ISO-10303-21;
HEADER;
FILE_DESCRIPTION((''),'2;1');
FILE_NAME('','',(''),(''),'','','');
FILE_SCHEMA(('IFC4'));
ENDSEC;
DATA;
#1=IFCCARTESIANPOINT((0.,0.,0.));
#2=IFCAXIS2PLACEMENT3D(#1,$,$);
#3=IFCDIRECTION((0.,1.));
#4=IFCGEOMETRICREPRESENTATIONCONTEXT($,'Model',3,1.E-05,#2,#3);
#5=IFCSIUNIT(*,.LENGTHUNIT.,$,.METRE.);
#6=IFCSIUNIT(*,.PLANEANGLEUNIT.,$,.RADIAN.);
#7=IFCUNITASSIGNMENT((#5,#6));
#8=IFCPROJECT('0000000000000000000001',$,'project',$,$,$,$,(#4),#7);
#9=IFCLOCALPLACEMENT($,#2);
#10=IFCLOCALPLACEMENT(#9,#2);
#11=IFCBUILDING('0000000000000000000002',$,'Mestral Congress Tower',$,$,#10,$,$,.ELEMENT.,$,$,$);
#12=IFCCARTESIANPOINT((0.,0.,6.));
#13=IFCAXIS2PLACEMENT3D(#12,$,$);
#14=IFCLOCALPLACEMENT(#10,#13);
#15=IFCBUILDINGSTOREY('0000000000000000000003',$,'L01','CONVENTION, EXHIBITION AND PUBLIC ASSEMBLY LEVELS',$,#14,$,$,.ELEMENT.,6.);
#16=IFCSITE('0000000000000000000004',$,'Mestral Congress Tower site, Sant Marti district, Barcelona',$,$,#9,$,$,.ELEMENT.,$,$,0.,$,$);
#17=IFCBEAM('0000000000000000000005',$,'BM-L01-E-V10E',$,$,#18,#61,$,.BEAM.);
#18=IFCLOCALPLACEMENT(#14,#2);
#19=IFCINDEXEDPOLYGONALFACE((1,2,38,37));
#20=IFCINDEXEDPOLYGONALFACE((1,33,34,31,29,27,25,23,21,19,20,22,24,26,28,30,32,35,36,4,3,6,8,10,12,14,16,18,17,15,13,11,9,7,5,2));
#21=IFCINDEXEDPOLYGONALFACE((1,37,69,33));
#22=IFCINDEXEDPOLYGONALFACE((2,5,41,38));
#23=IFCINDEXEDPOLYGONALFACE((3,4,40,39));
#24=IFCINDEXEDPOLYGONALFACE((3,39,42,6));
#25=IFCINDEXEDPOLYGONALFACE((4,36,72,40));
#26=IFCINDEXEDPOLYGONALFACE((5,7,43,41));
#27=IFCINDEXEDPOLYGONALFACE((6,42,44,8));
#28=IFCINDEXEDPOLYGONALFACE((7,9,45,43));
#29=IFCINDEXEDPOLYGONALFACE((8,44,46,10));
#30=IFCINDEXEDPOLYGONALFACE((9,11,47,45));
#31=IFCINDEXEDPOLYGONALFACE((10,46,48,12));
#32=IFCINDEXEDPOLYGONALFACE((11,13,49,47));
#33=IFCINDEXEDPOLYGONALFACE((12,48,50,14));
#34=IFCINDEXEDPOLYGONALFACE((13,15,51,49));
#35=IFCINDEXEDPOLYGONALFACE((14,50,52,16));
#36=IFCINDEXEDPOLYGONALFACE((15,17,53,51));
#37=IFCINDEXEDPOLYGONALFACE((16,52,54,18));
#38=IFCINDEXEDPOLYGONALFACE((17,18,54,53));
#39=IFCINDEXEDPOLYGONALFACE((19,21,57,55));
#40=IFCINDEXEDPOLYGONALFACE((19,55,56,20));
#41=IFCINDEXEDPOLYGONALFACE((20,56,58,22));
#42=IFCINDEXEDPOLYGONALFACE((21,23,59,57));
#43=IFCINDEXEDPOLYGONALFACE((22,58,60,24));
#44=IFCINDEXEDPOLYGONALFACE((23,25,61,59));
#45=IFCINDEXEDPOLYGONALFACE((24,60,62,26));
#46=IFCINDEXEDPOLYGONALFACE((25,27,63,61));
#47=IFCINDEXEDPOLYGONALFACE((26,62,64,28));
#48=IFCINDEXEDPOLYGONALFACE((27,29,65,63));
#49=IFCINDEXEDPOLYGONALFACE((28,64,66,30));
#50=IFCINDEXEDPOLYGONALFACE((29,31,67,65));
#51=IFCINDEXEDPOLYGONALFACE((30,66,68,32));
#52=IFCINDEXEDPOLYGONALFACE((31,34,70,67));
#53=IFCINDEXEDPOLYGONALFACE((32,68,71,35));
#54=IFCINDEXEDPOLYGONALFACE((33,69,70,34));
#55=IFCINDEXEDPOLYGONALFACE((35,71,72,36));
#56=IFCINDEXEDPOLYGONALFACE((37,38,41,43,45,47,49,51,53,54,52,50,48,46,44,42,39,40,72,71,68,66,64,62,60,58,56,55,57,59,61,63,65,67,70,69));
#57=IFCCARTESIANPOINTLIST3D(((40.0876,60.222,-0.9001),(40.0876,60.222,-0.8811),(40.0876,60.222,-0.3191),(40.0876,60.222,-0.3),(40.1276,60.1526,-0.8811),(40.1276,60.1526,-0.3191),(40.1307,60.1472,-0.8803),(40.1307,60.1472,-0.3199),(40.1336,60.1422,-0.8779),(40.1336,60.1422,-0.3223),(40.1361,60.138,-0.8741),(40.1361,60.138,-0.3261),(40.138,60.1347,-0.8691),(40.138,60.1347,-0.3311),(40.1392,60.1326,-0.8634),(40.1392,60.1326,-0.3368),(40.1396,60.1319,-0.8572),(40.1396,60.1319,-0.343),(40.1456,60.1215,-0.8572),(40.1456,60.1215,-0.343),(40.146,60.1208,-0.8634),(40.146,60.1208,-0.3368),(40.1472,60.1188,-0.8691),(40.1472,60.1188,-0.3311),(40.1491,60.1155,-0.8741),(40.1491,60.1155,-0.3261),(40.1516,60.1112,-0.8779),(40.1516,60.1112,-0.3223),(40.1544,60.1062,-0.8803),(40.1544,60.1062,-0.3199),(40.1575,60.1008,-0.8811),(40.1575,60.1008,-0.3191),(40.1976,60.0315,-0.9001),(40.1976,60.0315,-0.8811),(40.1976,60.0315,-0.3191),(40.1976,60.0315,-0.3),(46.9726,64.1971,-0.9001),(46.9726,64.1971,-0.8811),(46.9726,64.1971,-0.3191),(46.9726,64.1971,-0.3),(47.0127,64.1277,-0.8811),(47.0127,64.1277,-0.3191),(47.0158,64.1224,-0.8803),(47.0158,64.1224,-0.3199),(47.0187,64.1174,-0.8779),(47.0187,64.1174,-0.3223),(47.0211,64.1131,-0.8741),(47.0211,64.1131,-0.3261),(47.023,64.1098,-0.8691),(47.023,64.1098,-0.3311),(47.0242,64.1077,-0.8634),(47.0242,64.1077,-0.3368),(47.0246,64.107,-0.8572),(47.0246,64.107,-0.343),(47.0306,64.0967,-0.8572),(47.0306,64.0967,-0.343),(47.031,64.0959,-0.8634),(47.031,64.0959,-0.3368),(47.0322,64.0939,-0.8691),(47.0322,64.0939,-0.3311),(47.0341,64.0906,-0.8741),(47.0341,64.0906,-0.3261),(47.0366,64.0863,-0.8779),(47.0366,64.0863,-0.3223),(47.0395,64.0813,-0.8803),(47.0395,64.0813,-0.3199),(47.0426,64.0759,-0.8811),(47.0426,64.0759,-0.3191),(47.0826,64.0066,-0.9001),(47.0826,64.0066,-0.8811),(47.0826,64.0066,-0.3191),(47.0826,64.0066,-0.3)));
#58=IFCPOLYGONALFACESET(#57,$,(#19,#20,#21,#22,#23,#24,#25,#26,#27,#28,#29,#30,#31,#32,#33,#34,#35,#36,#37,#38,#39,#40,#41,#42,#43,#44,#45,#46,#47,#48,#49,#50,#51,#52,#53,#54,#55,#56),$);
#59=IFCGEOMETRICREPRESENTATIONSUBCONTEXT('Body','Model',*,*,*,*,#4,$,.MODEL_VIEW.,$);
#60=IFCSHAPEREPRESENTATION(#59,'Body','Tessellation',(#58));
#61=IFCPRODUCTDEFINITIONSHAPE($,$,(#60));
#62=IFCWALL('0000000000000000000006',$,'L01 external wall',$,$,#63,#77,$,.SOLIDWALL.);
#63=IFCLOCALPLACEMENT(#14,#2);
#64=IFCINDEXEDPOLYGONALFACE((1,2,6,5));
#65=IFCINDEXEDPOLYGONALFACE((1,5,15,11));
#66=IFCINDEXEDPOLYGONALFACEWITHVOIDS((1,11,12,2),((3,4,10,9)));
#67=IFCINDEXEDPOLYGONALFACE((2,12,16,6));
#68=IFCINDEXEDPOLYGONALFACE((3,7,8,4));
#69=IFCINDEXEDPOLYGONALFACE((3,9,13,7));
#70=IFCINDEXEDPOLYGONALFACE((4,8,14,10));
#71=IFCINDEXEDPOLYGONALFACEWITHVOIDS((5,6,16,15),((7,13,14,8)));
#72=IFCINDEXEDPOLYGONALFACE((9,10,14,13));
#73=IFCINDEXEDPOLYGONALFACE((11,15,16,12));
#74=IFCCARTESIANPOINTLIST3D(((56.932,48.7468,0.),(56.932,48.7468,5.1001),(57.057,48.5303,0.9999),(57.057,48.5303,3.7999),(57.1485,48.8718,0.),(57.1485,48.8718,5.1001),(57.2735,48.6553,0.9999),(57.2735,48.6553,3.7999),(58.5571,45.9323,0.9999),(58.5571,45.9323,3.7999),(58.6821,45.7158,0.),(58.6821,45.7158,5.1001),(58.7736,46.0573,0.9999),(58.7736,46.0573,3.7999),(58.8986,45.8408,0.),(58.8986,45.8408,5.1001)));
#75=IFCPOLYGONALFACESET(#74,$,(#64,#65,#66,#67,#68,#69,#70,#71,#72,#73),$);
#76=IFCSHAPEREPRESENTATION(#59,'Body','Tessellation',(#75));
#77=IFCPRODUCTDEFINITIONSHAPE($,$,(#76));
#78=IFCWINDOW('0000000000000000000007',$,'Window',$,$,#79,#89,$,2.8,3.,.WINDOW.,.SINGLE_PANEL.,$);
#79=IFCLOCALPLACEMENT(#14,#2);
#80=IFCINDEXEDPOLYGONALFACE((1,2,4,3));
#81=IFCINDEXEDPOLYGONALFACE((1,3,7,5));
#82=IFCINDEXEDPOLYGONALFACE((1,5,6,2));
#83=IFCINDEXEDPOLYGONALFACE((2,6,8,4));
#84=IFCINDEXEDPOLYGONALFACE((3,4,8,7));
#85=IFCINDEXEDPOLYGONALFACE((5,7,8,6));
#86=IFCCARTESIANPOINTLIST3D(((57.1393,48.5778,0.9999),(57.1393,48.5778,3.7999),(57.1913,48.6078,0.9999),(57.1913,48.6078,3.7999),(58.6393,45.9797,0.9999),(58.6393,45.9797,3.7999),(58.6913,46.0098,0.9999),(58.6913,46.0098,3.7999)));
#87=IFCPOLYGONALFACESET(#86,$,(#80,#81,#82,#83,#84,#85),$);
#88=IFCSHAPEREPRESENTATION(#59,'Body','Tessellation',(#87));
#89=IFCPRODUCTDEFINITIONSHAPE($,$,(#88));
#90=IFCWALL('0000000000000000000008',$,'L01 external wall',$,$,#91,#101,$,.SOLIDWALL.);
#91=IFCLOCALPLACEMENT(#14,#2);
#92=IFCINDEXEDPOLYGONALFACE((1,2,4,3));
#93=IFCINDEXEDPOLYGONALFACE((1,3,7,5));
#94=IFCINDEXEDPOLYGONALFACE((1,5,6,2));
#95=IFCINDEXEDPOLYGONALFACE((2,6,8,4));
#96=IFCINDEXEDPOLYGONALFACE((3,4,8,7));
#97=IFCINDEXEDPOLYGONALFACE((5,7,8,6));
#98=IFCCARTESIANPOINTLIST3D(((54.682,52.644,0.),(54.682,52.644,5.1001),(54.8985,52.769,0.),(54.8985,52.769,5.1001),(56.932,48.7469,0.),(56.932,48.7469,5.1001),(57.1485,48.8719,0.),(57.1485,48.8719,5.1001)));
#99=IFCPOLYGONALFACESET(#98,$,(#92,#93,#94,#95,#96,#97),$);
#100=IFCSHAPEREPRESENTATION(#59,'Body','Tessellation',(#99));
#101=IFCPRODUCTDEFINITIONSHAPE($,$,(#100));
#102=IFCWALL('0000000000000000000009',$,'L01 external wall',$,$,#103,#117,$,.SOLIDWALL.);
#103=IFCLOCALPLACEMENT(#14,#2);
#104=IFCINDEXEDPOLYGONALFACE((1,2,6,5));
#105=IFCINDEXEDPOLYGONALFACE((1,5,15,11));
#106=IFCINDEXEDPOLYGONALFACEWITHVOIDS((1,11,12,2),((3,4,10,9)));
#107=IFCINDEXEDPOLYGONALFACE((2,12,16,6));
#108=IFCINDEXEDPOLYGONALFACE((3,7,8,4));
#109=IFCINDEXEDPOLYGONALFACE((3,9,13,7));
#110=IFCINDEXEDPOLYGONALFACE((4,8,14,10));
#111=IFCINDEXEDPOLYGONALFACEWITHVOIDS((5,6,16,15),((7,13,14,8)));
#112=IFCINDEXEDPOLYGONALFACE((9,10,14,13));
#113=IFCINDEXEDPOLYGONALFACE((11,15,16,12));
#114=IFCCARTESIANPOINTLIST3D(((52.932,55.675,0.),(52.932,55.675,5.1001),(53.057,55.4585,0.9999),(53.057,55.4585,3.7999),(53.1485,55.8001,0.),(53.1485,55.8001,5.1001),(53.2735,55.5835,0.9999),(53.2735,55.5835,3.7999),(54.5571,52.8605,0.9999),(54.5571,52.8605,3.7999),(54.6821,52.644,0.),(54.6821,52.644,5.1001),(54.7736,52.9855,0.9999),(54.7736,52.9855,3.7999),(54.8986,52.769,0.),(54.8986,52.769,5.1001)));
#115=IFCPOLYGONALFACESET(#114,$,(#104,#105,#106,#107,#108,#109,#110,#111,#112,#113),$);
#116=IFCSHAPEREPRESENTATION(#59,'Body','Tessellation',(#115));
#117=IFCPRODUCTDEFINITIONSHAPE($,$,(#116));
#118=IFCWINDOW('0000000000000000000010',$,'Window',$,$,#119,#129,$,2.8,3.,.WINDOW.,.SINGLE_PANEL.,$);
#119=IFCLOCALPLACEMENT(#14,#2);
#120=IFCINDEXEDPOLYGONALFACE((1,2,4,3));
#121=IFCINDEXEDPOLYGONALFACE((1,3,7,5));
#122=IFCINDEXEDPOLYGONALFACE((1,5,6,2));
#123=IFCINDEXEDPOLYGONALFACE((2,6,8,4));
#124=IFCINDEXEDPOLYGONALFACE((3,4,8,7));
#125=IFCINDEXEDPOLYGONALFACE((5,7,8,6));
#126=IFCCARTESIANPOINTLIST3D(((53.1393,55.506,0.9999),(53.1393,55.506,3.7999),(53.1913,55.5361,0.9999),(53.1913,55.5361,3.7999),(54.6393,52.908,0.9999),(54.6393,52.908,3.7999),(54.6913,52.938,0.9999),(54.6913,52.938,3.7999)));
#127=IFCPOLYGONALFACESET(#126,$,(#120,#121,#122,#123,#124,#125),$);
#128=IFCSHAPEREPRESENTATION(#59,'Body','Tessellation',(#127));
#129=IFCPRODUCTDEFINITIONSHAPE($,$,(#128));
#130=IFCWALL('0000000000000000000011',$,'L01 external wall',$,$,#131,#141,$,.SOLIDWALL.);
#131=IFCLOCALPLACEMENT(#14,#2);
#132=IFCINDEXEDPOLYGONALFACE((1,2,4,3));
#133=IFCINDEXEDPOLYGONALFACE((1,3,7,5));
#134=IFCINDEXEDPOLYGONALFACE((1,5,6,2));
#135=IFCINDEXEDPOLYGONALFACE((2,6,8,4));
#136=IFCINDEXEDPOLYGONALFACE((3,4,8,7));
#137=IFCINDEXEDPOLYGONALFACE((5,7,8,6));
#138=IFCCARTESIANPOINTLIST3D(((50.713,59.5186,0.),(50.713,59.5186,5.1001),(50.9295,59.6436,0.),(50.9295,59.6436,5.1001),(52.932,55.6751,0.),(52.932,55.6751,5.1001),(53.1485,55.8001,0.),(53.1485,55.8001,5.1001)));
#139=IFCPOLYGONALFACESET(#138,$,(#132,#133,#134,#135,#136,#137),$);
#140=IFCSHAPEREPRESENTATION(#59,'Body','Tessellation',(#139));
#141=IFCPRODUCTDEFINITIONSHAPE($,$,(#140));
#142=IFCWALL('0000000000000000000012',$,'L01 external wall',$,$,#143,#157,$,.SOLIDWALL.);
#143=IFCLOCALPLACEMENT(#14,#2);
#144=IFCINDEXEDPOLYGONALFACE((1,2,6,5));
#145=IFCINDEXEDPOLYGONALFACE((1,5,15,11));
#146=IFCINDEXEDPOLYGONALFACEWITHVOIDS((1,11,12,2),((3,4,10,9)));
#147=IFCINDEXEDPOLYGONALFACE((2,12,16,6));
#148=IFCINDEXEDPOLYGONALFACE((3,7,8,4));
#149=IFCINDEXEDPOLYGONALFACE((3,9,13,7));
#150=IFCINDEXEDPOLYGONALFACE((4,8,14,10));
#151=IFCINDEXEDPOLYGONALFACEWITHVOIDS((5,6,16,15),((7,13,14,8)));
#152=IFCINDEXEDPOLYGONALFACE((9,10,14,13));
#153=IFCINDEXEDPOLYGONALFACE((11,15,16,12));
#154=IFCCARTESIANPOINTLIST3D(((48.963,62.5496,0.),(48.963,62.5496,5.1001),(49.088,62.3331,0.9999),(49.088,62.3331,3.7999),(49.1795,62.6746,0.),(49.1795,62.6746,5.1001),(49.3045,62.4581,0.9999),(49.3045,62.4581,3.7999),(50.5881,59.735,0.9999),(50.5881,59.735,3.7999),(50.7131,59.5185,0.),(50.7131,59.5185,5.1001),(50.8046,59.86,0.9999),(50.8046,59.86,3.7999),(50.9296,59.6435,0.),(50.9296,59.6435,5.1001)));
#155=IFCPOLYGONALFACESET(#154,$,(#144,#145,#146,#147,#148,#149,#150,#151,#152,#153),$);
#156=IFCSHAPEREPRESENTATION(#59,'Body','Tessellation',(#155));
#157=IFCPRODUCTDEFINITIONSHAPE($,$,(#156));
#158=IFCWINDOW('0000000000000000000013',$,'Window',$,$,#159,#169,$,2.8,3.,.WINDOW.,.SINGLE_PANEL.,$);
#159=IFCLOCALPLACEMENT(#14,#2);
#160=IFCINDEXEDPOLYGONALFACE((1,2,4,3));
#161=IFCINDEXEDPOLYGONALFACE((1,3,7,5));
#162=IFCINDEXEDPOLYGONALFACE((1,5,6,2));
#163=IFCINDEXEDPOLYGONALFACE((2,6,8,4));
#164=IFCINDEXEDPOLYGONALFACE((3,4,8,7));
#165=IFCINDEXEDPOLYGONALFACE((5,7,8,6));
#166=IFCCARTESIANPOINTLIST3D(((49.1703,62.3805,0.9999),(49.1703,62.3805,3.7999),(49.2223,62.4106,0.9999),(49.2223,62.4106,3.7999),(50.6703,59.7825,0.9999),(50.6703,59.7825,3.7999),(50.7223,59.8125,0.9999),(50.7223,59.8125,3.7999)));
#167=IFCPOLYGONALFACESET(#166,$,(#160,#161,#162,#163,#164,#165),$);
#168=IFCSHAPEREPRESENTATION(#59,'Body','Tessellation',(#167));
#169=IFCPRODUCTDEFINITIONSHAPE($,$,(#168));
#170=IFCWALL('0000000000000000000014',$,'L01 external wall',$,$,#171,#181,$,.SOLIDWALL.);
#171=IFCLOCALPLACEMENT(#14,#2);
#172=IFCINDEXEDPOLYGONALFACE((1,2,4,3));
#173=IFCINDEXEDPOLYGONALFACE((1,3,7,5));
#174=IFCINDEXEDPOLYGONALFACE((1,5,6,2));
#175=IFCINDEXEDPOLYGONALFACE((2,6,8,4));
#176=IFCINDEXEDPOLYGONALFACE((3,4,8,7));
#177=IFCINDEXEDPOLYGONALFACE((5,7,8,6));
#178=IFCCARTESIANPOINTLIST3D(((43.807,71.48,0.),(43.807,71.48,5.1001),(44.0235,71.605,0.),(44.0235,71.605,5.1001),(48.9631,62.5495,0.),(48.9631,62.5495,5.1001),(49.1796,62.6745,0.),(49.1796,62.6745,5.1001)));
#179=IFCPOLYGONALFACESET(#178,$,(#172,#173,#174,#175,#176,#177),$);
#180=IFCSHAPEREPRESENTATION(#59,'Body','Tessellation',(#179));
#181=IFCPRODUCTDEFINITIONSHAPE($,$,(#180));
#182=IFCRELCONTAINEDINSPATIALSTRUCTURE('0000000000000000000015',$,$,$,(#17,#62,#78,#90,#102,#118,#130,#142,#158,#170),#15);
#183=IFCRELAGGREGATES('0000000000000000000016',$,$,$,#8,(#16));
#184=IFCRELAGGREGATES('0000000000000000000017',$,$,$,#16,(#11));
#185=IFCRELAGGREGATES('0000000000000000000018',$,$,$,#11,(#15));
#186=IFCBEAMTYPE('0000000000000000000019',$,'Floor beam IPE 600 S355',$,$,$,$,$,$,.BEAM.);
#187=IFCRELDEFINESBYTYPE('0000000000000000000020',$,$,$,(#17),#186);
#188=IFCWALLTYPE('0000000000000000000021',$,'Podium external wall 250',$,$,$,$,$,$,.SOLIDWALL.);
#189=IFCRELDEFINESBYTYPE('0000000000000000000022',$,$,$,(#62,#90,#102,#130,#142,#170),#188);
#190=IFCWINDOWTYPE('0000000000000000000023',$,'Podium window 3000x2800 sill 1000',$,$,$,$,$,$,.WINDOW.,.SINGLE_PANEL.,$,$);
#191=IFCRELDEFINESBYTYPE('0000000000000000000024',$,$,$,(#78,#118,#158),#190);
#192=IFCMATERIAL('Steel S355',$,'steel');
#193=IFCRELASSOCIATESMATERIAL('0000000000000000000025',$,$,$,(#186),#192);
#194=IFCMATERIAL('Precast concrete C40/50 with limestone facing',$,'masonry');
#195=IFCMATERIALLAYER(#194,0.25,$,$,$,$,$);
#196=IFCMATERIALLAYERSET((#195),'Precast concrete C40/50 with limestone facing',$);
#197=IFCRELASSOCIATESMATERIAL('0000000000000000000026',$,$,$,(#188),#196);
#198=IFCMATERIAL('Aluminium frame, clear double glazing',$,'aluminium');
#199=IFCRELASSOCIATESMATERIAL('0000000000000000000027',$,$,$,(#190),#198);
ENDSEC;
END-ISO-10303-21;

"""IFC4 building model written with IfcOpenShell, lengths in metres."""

from ifc_helpers import new_model, si_unit, direction, frame, frame_2d, origin, origin_2d, place, context, subcontext, project, spatial, rectangle, i_section, extrude, material, layer, layer_set, material_profile, profile_set, type_object, element, fill, save


model = new_model("IFC4")

# Units and contexts
model_context = context("Model", 3, precision=1e-05, world=origin(), true_north=direction((0.0, 1.0)))
body_context = subcontext(model_context, "Body", "Model", "MODEL_VIEW")
ifc_project = project(units=[si_unit("LENGTHUNIT", "METRE"), si_unit("PLANEANGLEUNIT", "RADIAN")], contexts=[model_context])

# Site, building, storey
site_placement = place(None, origin())
site = spatial("IfcSite", under=ifc_project, at=site_placement, Name="Mestral Congress Tower site, Sant Marti district, Barcelona", CompositionType="ELEMENT", RefElevation=0.0)
building_placement = place(site_placement, origin())
building = spatial("IfcBuilding", under=site, at=building_placement, Name="Mestral Congress Tower", CompositionType="ELEMENT")
storey_placement = place(building_placement, frame((0.0, 0.0, 6.0)))
storey = spatial("IfcBuildingStorey", under=building, at=storey_placement, Name="L01", Description="CONVENTION, EXHIBITION AND PUBLIC ASSEMBLY LEVELS", CompositionType="ELEMENT", Elevation=6.0)

# Beam
ifc_material_1 = material(Name="Steel S355", Category="steel")
ifc_material_profile_1 = material_profile(ifc_material_1, i_section(OverallWidth=0.22, OverallDepth=0.6001, WebThickness=0.012, FlangeThickness=0.019, FilletRadius=0.0239, at=origin_2d()), Name="IPE 600")
ifc_profile_set_1 = profile_set([ifc_material_profile_1], Name="Steel S355")
beam_type_1 = type_object("IfcBeamType", Name="Floor beam IPE 600 S355", PredefinedType="BEAM", material=ifc_profile_set_1)
for number, where, z_axis, x_axis, name in (
    (1, (40.1426, 60.1267, -0.6001), (0.866023, 0.500003, 0.0), (-0.500003, 0.866023, 0.0), "BM-L01-E-V10E"),
):
    element("IfcBeam", number, at=place(storey_placement, frame(where, z_axis=z_axis, x_axis=x_axis)), inside=storey, type_object=beam_type_1, Name=name, PredefinedType="BEAM", context=body_context, shape_type="SweptSolid", body=[
        extrude(i_section(OverallWidth=0.22, OverallDepth=0.6001, WebThickness=0.012, FlangeThickness=0.019, FilletRadius=0.0239, at=origin_2d()), origin(), (0.0, 0.0, 1.0), 7.9502),
    ])

# Wall, opening, window
ifc_material_2 = material(Name="Precast concrete C40/50 with limestone facing", Category="masonry")
ifc_layer_1 = layer(ifc_material_2, 0.25)
ifc_layer_set_1 = layer_set([ifc_layer_1], Name="Precast concrete C40/50 with limestone facing")
wall_type_1 = type_object("IfcWallType", Name="Podium external wall 250", PredefinedType="SOLIDWALL", material=ifc_layer_set_1)
wall_1_placement = place(storey_placement, frame((57.0403, 48.8093, 0.0), z_axis=(0.0, 0.0, 1.0), x_axis=(0.50001, -0.866019, 0.0)))
wall_1 = element("IfcWall", 2, at=wall_1_placement, inside=storey, type_object=wall_type_1, Name="L01 external wall", PredefinedType="SOLIDWALL", context=body_context, shape_type="SweptSolid", body=[
    extrude(rectangle(XDim=3.5, YDim=0.25, at=frame_2d((1.75, 0.0))), origin(), (0.0, 0.0, 1.0), 5.1001),
])
opening_1_placement = place(wall_1_placement, frame((0.25, 0.0, 1.0)))
opening_1 = element("IfcOpeningElement", 3, at=opening_1_placement, cuts=wall_1, PredefinedType="OPENING", context=body_context, shape_type="SweptSolid", body=[
    extrude(rectangle(XDim=3.0, YDim=2.8, at=frame_2d((1.5, 1.3999))), frame((0.0, 0.135, 0.0), z_axis=(0.0, -1.0, 0.0), x_axis=(1.0, 0.0, 0.0)), (0.0, 0.0, 1.0), 0.27),
])
ifc_material_3 = material(Name="Aluminium frame, clear double glazing", Category="aluminium")
window_type = type_object("IfcWindowType", Name="Podium window 3000x2800 sill 1000", PartitioningType="SINGLE_PANEL", PredefinedType="WINDOW", material=ifc_material_3)
window_1_placement = place(opening_1_placement, origin())
window_1 = element("IfcWindow", 4, at=window_1_placement, inside=storey, type_object=window_type, Name="Window", OverallHeight=2.8, OverallWidth=3.0, PartitioningType="SINGLE_PANEL", PredefinedType="WINDOW", context=body_context, shape_type="SweptSolid", body=[
    extrude(rectangle(XDim=3.0, YDim=2.8, at=frame_2d((1.5, 1.3999))), frame((0.0, 0.03, 0.0), z_axis=(0.0, -1.0, 0.0), x_axis=(1.0, 0.0, 0.0)), (0.0, 0.0, 1.0), 0.0601),
])
fill(opening_1, window_1)

# Wall
wall_2_placement = place(storey_placement, frame((54.7903, 52.7065, 0.0), z_axis=(0.0, 0.0, 1.0), x_axis=(0.49999, -0.866031, 0.0)))
element("IfcWall", 5, at=wall_2_placement, inside=storey, type_object=wall_type_1, Name="L01 external wall", PredefinedType="SOLIDWALL", context=body_context, shape_type="SweptSolid", body=[
    extrude(rectangle(XDim=4.5, YDim=0.25, at=frame_2d((2.25, 0.0))), origin(), (0.0, 0.0, 1.0), 5.1001),
])

# Wall, opening, window
wall_3_placement = place(storey_placement, frame((53.0403, 55.7375, 0.0), z_axis=(0.0, 0.0, 1.0), x_axis=(0.50001, -0.866019, 0.0)))
wall_3 = element("IfcWall", 6, at=wall_3_placement, inside=storey, type_object=wall_type_1, Name="L01 external wall", PredefinedType="SOLIDWALL", context=body_context, shape_type="SweptSolid", body=[
    extrude(rectangle(XDim=3.5, YDim=0.25, at=frame_2d((1.75, 0.0))), origin(), (0.0, 0.0, 1.0), 5.1001),
])
opening_2_placement = place(wall_3_placement, frame((0.25, 0.0, 1.0)))
opening_2 = element("IfcOpeningElement", 7, at=opening_2_placement, cuts=wall_3, PredefinedType="OPENING", context=body_context, shape_type="SweptSolid", body=[
    extrude(rectangle(XDim=3.0, YDim=2.8, at=frame_2d((1.5, 1.3999))), frame((0.0, 0.135, 0.0), z_axis=(0.0, -1.0, 0.0), x_axis=(1.0, 0.0, 0.0)), (0.0, 0.0, 1.0), 0.27),
])
window_2_placement = place(opening_2_placement, origin())
window_2 = element("IfcWindow", 8, at=window_2_placement, inside=storey, type_object=window_type, Name="Window", OverallHeight=2.8, OverallWidth=3.0, PartitioningType="SINGLE_PANEL", PredefinedType="WINDOW", context=body_context, shape_type="SweptSolid", body=[
    extrude(rectangle(XDim=3.0, YDim=2.8, at=frame_2d((1.5, 1.3999))), frame((0.0, 0.03, 0.0), z_axis=(0.0, -1.0, 0.0), x_axis=(1.0, 0.0, 0.0)), (0.0, 0.0, 1.0), 0.0601),
])
fill(opening_2, window_2)

# Wall
wall_4_placement = place(storey_placement, frame((50.8213, 59.5811, 0.0), z_axis=(0.0, 0.0, 1.0), x_axis=(0.499991, -0.866031, 0.0)))
element("IfcWall", 9, at=wall_4_placement, inside=storey, type_object=wall_type_1, Name="L01 external wall", PredefinedType="SOLIDWALL", context=body_context, shape_type="SweptSolid", body=[
    extrude(rectangle(XDim=4.438, YDim=0.25, at=frame_2d((2.219, 0.0))), origin(), (0.0, 0.0, 1.0), 5.1001),
])

# Wall, opening, window
wall_5_placement = place(storey_placement, frame((49.0713, 62.6121, 0.0), z_axis=(0.0, 0.0, 1.0), x_axis=(0.50001, -0.866019, 0.0)))
wall_5 = element("IfcWall", 10, at=wall_5_placement, inside=storey, type_object=wall_type_1, Name="L01 external wall", PredefinedType="SOLIDWALL", context=body_context, shape_type="SweptSolid", body=[
    extrude(rectangle(XDim=3.5, YDim=0.25, at=frame_2d((1.75, 0.0))), origin(), (0.0, 0.0, 1.0), 5.1001),
])
opening_3_placement = place(wall_5_placement, frame((0.25, 0.0, 1.0)))
opening_3 = element("IfcOpeningElement", 11, at=opening_3_placement, cuts=wall_5, PredefinedType="OPENING", context=body_context, shape_type="SweptSolid", body=[
    extrude(rectangle(XDim=3.0, YDim=2.8, at=frame_2d((1.5, 1.3999))), frame((0.0, 0.135, 0.0), z_axis=(0.0, -1.0, 0.0), x_axis=(1.0, 0.0, 0.0)), (0.0, 0.0, 1.0), 0.27),
])
window_3_placement = place(opening_3_placement, origin())
window_3 = element("IfcWindow", 12, at=window_3_placement, inside=storey, type_object=window_type, Name="Window", OverallHeight=2.8, OverallWidth=3.0, PartitioningType="SINGLE_PANEL", PredefinedType="WINDOW", context=body_context, shape_type="SweptSolid", body=[
    extrude(rectangle(XDim=3.0, YDim=2.8, at=frame_2d((1.5, 1.3999))), frame((0.0, 0.03, 0.0), z_axis=(0.0, -1.0, 0.0), x_axis=(1.0, 0.0, 0.0)), (0.0, 0.0, 1.0), 0.0601),
])
fill(opening_3, window_3)

# Wall
wall_6_placement = place(storey_placement, frame((43.9153, 71.5425, 0.0), z_axis=(0.0, 0.0, 1.0), x_axis=(0.500002, -0.866024, 0.0)))
element("IfcWall", 13, at=wall_6_placement, inside=storey, type_object=wall_type_1, Name="L01 external wall", PredefinedType="SOLIDWALL", context=body_context, shape_type="SweptSolid", body=[
    extrude(rectangle(XDim=10.312, YDim=0.25, at=frame_2d((5.156, 0.0))), origin(), (0.0, 0.0, 1.0), 5.1001),
])

save(model, "model.ifc")
